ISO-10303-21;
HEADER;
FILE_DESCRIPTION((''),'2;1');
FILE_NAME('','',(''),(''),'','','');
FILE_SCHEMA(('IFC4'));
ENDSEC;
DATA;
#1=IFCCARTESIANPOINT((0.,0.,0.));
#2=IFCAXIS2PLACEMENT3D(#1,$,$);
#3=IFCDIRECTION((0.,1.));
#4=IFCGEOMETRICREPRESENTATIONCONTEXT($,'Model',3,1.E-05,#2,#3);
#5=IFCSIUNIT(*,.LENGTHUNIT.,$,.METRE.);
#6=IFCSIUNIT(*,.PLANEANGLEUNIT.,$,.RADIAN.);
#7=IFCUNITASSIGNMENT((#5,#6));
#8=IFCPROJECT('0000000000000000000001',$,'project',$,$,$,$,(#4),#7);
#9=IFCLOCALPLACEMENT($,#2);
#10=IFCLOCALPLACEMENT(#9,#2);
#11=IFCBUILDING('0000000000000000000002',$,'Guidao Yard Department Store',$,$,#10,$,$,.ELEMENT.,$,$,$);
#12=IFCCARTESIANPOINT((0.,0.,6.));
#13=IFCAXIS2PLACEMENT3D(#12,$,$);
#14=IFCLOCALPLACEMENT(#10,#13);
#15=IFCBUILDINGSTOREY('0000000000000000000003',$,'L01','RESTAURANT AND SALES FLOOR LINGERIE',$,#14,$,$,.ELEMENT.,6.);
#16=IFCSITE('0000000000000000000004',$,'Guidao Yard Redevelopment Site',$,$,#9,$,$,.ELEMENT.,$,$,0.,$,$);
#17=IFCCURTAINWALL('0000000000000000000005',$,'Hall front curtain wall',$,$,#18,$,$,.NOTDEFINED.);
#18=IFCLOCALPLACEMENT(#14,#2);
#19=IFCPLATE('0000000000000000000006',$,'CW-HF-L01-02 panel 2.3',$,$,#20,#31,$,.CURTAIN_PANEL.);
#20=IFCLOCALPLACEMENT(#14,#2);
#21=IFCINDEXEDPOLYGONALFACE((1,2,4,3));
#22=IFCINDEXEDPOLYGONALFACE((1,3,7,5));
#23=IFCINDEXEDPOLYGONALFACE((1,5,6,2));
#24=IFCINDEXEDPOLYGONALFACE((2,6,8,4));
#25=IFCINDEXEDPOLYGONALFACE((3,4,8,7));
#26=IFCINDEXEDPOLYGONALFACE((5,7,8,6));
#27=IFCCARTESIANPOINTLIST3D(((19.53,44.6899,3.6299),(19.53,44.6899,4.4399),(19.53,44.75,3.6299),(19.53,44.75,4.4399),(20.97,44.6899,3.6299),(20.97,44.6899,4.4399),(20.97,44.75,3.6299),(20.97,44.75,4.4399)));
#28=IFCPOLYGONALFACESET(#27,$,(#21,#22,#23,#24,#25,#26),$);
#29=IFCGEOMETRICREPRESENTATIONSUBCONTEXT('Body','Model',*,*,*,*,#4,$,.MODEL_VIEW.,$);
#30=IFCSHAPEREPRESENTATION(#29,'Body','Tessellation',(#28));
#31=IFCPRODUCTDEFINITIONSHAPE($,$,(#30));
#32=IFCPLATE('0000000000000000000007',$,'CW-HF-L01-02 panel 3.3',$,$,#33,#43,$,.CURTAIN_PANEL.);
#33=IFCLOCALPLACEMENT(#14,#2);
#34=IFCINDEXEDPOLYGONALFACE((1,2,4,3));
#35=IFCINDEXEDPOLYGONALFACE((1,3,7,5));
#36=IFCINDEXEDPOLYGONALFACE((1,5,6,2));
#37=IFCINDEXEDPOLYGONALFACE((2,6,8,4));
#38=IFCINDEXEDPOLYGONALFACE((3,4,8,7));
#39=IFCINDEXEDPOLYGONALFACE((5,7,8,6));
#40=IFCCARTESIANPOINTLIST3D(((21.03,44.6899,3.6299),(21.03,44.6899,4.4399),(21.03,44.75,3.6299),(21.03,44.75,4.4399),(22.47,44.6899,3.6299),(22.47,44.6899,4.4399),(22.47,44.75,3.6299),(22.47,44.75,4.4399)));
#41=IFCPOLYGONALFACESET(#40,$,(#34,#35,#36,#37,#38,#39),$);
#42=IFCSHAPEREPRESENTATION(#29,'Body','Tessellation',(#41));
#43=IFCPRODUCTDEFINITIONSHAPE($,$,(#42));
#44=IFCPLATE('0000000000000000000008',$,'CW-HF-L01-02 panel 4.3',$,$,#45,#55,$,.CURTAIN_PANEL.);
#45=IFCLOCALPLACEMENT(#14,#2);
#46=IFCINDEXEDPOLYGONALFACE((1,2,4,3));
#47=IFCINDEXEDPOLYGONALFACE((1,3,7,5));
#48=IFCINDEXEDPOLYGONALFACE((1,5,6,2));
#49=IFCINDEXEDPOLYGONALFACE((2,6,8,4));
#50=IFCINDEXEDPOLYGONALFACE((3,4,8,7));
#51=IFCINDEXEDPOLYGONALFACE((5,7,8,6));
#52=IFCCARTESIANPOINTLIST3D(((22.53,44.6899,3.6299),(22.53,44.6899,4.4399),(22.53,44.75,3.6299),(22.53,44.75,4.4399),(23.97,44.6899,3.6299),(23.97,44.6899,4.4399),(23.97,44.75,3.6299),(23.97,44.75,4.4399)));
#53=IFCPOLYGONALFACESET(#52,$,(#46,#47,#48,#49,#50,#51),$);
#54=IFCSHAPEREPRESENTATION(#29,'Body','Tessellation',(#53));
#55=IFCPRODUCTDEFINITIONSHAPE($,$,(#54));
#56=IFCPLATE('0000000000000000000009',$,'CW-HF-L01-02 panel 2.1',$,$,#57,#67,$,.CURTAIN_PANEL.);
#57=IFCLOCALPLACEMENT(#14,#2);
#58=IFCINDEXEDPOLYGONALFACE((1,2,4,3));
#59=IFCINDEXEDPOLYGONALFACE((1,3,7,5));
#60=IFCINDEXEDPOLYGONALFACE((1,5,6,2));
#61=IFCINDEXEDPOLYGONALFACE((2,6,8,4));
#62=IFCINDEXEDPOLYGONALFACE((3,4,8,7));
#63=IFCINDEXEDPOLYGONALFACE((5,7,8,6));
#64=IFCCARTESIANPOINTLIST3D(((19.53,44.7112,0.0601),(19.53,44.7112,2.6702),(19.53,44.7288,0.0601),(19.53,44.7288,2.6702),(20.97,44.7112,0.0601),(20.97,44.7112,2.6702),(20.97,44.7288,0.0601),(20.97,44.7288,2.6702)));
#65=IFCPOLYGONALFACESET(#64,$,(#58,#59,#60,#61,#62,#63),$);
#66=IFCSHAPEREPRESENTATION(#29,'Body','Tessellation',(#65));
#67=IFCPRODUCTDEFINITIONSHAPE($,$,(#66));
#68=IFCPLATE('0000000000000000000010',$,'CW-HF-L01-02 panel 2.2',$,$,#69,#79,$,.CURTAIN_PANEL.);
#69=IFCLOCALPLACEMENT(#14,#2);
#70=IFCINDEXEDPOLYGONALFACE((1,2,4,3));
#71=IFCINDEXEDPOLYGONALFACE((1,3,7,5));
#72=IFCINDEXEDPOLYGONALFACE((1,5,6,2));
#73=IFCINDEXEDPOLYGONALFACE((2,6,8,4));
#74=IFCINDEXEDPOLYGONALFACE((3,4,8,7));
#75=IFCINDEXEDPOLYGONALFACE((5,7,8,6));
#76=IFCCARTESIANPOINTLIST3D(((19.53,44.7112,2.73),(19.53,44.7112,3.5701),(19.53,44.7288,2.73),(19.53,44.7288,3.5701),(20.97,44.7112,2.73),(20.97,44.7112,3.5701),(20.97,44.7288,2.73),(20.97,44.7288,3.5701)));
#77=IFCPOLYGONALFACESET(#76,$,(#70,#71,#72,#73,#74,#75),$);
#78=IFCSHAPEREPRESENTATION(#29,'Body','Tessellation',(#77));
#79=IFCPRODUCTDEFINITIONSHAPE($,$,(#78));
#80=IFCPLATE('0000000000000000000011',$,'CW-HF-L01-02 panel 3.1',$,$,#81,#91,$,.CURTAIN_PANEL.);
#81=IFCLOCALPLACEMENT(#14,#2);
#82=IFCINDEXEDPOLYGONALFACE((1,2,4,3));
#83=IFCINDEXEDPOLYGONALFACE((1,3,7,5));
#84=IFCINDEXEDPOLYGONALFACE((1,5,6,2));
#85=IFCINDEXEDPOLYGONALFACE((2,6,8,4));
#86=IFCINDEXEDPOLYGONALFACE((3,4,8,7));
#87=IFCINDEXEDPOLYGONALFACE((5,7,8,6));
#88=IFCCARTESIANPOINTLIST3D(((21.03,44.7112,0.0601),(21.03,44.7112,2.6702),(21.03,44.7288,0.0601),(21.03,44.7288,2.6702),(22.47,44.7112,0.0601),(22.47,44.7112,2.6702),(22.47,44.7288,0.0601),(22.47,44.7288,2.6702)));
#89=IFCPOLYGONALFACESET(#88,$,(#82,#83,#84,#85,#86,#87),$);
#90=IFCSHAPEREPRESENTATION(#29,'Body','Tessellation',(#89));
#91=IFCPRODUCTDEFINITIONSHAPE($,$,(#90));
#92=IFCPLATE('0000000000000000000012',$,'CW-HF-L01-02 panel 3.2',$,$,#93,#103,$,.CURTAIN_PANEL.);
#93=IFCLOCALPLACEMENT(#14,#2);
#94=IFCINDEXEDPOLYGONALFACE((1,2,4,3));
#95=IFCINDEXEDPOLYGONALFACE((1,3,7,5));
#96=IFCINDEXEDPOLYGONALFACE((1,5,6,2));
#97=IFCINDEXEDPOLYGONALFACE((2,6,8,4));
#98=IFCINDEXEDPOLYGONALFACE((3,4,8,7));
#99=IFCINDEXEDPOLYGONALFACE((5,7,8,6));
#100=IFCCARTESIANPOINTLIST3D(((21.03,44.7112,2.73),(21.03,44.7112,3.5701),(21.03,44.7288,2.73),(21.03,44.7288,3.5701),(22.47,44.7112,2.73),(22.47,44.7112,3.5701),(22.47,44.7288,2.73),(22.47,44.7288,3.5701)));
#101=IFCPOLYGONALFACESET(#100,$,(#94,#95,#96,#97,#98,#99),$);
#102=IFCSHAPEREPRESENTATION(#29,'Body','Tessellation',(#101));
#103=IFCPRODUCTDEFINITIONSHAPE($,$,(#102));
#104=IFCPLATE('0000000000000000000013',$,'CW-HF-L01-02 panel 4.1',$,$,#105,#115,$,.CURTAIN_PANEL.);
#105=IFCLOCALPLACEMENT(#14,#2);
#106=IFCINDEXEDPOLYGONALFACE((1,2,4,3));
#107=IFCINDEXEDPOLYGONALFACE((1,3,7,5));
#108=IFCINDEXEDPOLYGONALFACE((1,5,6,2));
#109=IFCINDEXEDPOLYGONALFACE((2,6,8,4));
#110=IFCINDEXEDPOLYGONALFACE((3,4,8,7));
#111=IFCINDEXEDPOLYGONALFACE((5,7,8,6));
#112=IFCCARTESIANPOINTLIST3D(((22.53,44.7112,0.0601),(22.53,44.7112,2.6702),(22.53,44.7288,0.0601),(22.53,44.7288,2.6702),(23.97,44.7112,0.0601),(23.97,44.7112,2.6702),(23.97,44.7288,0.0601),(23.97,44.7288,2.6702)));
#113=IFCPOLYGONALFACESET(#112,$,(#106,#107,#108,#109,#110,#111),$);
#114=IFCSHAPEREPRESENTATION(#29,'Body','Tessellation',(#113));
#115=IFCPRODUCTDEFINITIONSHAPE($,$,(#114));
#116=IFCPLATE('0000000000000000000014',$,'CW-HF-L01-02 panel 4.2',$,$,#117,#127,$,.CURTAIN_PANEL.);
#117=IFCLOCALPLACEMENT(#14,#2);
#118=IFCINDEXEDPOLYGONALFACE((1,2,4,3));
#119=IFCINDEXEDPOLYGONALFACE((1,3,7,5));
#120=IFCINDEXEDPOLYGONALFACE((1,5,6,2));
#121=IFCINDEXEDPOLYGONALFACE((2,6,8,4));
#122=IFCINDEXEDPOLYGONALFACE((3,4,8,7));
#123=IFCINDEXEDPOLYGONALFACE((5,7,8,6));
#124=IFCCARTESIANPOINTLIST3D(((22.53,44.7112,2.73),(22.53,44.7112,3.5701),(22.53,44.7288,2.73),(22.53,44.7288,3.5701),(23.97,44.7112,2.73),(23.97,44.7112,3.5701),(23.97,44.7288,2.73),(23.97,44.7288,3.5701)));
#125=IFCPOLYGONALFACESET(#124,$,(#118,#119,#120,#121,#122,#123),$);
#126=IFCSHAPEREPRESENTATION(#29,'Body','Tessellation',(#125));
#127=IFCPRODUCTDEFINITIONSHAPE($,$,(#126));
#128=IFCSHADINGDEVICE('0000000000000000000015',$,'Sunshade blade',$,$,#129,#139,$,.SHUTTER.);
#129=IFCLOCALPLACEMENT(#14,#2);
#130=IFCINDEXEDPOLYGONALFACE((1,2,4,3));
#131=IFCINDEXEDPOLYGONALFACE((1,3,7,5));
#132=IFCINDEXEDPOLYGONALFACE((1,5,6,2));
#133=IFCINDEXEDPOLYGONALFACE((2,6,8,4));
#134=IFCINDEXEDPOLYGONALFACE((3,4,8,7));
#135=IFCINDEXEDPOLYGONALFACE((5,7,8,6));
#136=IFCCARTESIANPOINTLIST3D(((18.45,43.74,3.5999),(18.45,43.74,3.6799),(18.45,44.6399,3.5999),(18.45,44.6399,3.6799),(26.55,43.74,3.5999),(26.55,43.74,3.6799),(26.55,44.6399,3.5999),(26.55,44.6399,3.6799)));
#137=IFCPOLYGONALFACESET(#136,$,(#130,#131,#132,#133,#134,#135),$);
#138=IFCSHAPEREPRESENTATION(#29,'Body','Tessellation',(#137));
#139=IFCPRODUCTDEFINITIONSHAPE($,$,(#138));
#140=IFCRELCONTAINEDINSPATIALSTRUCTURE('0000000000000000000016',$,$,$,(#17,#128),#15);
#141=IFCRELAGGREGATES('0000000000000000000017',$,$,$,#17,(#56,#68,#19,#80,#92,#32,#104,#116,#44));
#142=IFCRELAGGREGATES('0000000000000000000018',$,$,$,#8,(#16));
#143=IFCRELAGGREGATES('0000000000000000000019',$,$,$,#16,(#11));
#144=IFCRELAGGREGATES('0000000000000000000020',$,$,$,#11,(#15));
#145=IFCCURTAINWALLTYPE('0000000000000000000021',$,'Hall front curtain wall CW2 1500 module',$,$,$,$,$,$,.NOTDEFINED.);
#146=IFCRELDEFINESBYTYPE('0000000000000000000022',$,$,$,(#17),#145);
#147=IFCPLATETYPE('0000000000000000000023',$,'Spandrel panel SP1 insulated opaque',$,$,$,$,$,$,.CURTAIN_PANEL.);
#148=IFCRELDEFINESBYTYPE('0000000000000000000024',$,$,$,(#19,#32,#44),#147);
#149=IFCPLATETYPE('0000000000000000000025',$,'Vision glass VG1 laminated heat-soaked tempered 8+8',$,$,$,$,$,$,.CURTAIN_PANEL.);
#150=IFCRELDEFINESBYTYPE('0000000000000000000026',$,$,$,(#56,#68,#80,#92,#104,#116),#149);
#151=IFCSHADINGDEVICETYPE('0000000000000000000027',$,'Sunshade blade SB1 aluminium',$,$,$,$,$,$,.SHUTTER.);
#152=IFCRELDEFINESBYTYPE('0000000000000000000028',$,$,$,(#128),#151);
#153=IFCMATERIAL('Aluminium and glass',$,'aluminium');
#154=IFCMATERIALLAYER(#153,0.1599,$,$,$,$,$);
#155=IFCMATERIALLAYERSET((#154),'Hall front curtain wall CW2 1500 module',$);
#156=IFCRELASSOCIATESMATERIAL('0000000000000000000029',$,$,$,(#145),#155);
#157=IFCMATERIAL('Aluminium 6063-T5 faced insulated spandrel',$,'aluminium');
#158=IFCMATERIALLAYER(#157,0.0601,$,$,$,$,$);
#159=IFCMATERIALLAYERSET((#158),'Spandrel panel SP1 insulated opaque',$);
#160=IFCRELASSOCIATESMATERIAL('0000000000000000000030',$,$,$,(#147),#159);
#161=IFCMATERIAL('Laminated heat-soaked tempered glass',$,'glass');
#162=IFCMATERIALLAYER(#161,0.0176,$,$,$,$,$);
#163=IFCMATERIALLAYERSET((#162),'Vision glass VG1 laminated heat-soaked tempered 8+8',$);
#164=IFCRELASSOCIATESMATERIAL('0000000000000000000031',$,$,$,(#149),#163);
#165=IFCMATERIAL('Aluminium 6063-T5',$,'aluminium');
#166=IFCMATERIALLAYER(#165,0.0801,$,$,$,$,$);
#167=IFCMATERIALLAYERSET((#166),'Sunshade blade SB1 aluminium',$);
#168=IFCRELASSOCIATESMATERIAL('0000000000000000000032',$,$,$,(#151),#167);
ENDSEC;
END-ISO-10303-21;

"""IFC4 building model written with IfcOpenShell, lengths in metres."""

from ifc_helpers import new_model, si_unit, direction, frame, origin, origin_2d, place, context, subcontext, project, spatial, rectangle, extrude, material, layer, layer_set, type_object, element, aggregate, save


model = new_model("IFC4")

# Units and contexts
model_context = context("Model", 3, precision=1e-05, world=origin(), true_north=direction((0.0, 1.0)))
body_context = subcontext(model_context, "Body", "Model", "MODEL_VIEW")
ifc_project = project(units=[si_unit("LENGTHUNIT", "METRE"), si_unit("PLANEANGLEUNIT", "RADIAN")], contexts=[model_context])

# Site, building, storey
site_placement = place(None, origin())
site = spatial("IfcSite", under=ifc_project, at=site_placement, Name="Guidao Yard Redevelopment Site", CompositionType="ELEMENT", RefElevation=0.0)
building_placement = place(site_placement, origin())
building = spatial("IfcBuilding", under=site, at=building_placement, Name="Guidao Yard Department Store", CompositionType="ELEMENT")
storey_placement = place(building_placement, frame((0.0, 0.0, 6.0)))
storey = spatial("IfcBuildingStorey", under=building, at=storey_placement, Name="L01", Description="RESTAURANT AND SALES FLOOR LINGERIE", CompositionType="ELEMENT", Elevation=6.0)

# Curtain wall, plates
ifc_material_1 = material(Name="Aluminium and glass", Category="aluminium")
ifc_layer_1 = layer(ifc_material_1, 0.1599)
ifc_layer_set_1 = layer_set([ifc_layer_1], Name="Hall front curtain wall CW2 1500 module")
curtain_wall_type = type_object("IfcCurtainWallType", Name="Hall front curtain wall CW2 1500 module", PredefinedType="NOTDEFINED", material=ifc_layer_set_1)
curtain_wall_placement = place(storey_placement, origin())
curtain_wall = element("IfcCurtainWall", 1, at=curtain_wall_placement, inside=storey, type_object=curtain_wall_type, Name="Hall front curtain wall", PredefinedType="NOTDEFINED")
ifc_material_2 = material(Name="Aluminium 6063-T5 faced insulated spandrel", Category="aluminium")
ifc_layer_2 = layer(ifc_material_2, 0.0601)
ifc_layer_set_2 = layer_set([ifc_layer_2], Name="Spandrel panel SP1 insulated opaque")
plate_type_1 = type_object("IfcPlateType", Name="Spandrel panel SP1 insulated opaque", PredefinedType="CURTAIN_PANEL", material=ifc_layer_set_2)
plate_1_placement = place(storey_placement, frame((20.25, 44.72, 3.6299), z_axis=(0.0, 0.0, 1.0), x_axis=(-1.0, 0.0, 0.0)))
plate_1 = element("IfcPlate", 2, at=plate_1_placement, type_object=plate_type_1, Name="CW-HF-L01-02 panel 2.3", PredefinedType="CURTAIN_PANEL", context=body_context, shape_type="SweptSolid", body=[
    extrude(rectangle(XDim=1.4399, YDim=0.0601, at=origin_2d()), origin(), (0.0, 0.0, 1.0), 0.8101),
])
plate_2_placement = place(storey_placement, frame((21.75, 44.72, 3.6299), z_axis=(0.0, 0.0, 1.0), x_axis=(-1.0, 0.0, 0.0)))
plate_2 = element("IfcPlate", 3, at=plate_2_placement, type_object=plate_type_1, Name="CW-HF-L01-02 panel 3.3", PredefinedType="CURTAIN_PANEL", context=body_context, shape_type="SweptSolid", body=[
    extrude(rectangle(XDim=1.4399, YDim=0.0601, at=origin_2d()), origin(), (0.0, 0.0, 1.0), 0.8101),
])
plate_3_placement = place(storey_placement, frame((23.25, 44.72, 3.6299), z_axis=(0.0, 0.0, 1.0), x_axis=(-1.0, 0.0, 0.0)))
plate_3 = element("IfcPlate", 4, at=plate_3_placement, type_object=plate_type_1, Name="CW-HF-L01-02 panel 4.3", PredefinedType="CURTAIN_PANEL", context=body_context, shape_type="SweptSolid", body=[
    extrude(rectangle(XDim=1.4399, YDim=0.0601, at=origin_2d()), origin(), (0.0, 0.0, 1.0), 0.8101),
])
ifc_material_3 = material(Name="Laminated heat-soaked tempered glass", Category="glass")
ifc_layer_3 = layer(ifc_material_3, 0.0176)
ifc_layer_set_3 = layer_set([ifc_layer_3], Name="Vision glass VG1 laminated heat-soaked tempered 8+8")
plate_type_2 = type_object("IfcPlateType", Name="Vision glass VG1 laminated heat-soaked tempered 8+8", PredefinedType="CURTAIN_PANEL", material=ifc_layer_set_3)
plate_4_placement = place(storey_placement, frame((20.25, 44.72, 0.0601), z_axis=(0.0, 0.0, 1.0), x_axis=(-1.0, 0.0, 0.0)))
plate_4 = element("IfcPlate", 5, at=plate_4_placement, type_object=plate_type_2, Name="CW-HF-L01-02 panel 2.1", PredefinedType="CURTAIN_PANEL", context=body_context, shape_type="SweptSolid", body=[
    extrude(rectangle(XDim=1.4399, YDim=0.0176, at=origin_2d()), origin(), (0.0, 0.0, 1.0), 2.6101),
])
plate_5_placement = place(storey_placement, frame((20.25, 44.72, 2.73), z_axis=(0.0, 0.0, 1.0), x_axis=(-1.0, 0.0, 0.0)))
plate_5 = element("IfcPlate", 6, at=plate_5_placement, type_object=plate_type_2, Name="CW-HF-L01-02 panel 2.2", PredefinedType="CURTAIN_PANEL", context=body_context, shape_type="SweptSolid", body=[
    extrude(rectangle(XDim=1.4399, YDim=0.0176, at=origin_2d()), origin(), (0.0, 0.0, 1.0), 0.8401),
])
plate_6_placement = place(storey_placement, frame((21.75, 44.72, 0.0601), z_axis=(0.0, 0.0, 1.0), x_axis=(-1.0, 0.0, 0.0)))
plate_6 = element("IfcPlate", 7, at=plate_6_placement, type_object=plate_type_2, Name="CW-HF-L01-02 panel 3.1", PredefinedType="CURTAIN_PANEL", context=body_context, shape_type="SweptSolid", body=[
    extrude(rectangle(XDim=1.4399, YDim=0.0176, at=origin_2d()), origin(), (0.0, 0.0, 1.0), 2.6101),
])
plate_7_placement = place(storey_placement, frame((21.75, 44.72, 2.73), z_axis=(0.0, 0.0, 1.0), x_axis=(-1.0, 0.0, 0.0)))
plate_7 = element("IfcPlate", 8, at=plate_7_placement, type_object=plate_type_2, Name="CW-HF-L01-02 panel 3.2", PredefinedType="CURTAIN_PANEL", context=body_context, shape_type="SweptSolid", body=[
    extrude(rectangle(XDim=1.4399, YDim=0.0176, at=origin_2d()), origin(), (0.0, 0.0, 1.0), 0.8401),
])
plate_8_placement = place(storey_placement, frame((23.25, 44.72, 0.0601), z_axis=(0.0, 0.0, 1.0), x_axis=(-1.0, 0.0, 0.0)))
plate_8 = element("IfcPlate", 9, at=plate_8_placement, type_object=plate_type_2, Name="CW-HF-L01-02 panel 4.1", PredefinedType="CURTAIN_PANEL", context=body_context, shape_type="SweptSolid", body=[
    extrude(rectangle(XDim=1.4399, YDim=0.0176, at=origin_2d()), origin(), (0.0, 0.0, 1.0), 2.6101),
])
plate_9_placement = place(storey_placement, frame((23.25, 44.72, 2.73), z_axis=(0.0, 0.0, 1.0), x_axis=(-1.0, 0.0, 0.0)))
plate_9 = element("IfcPlate", 10, at=plate_9_placement, type_object=plate_type_2, Name="CW-HF-L01-02 panel 4.2", PredefinedType="CURTAIN_PANEL", context=body_context, shape_type="SweptSolid", body=[
    extrude(rectangle(XDim=1.4399, YDim=0.0176, at=origin_2d()), origin(), (0.0, 0.0, 1.0), 0.8401),
])
aggregate(curtain_wall, [plate_4, plate_5, plate_1, plate_6, plate_7, plate_2, plate_8, plate_9, plate_3])

# Shading device
ifc_material_4 = material(Name="Aluminium 6063-T5", Category="aluminium")
ifc_layer_4 = layer(ifc_material_4, 0.0801)
ifc_layer_set_4 = layer_set([ifc_layer_4], Name="Sunshade blade SB1 aluminium")
shading_device_type = type_object("IfcShadingDeviceType", Name="Sunshade blade SB1 aluminium", PredefinedType="SHUTTER", material=ifc_layer_set_4)
shading_device_placement = place(storey_placement, frame((22.5, 44.1899, 3.5999), z_axis=(0.0, 0.0, 1.0), x_axis=(-1.0, 0.0, 0.0)))
element("IfcShadingDevice", 11, at=shading_device_placement, inside=storey, type_object=shading_device_type, Name="Sunshade blade", PredefinedType="SHUTTER", context=body_context, shape_type="SweptSolid", body=[
    extrude(rectangle(XDim=8.1001, YDim=0.8999, at=origin_2d()), origin(), (0.0, 0.0, 1.0), 0.0801),
])

save(model, "model.ifc")
